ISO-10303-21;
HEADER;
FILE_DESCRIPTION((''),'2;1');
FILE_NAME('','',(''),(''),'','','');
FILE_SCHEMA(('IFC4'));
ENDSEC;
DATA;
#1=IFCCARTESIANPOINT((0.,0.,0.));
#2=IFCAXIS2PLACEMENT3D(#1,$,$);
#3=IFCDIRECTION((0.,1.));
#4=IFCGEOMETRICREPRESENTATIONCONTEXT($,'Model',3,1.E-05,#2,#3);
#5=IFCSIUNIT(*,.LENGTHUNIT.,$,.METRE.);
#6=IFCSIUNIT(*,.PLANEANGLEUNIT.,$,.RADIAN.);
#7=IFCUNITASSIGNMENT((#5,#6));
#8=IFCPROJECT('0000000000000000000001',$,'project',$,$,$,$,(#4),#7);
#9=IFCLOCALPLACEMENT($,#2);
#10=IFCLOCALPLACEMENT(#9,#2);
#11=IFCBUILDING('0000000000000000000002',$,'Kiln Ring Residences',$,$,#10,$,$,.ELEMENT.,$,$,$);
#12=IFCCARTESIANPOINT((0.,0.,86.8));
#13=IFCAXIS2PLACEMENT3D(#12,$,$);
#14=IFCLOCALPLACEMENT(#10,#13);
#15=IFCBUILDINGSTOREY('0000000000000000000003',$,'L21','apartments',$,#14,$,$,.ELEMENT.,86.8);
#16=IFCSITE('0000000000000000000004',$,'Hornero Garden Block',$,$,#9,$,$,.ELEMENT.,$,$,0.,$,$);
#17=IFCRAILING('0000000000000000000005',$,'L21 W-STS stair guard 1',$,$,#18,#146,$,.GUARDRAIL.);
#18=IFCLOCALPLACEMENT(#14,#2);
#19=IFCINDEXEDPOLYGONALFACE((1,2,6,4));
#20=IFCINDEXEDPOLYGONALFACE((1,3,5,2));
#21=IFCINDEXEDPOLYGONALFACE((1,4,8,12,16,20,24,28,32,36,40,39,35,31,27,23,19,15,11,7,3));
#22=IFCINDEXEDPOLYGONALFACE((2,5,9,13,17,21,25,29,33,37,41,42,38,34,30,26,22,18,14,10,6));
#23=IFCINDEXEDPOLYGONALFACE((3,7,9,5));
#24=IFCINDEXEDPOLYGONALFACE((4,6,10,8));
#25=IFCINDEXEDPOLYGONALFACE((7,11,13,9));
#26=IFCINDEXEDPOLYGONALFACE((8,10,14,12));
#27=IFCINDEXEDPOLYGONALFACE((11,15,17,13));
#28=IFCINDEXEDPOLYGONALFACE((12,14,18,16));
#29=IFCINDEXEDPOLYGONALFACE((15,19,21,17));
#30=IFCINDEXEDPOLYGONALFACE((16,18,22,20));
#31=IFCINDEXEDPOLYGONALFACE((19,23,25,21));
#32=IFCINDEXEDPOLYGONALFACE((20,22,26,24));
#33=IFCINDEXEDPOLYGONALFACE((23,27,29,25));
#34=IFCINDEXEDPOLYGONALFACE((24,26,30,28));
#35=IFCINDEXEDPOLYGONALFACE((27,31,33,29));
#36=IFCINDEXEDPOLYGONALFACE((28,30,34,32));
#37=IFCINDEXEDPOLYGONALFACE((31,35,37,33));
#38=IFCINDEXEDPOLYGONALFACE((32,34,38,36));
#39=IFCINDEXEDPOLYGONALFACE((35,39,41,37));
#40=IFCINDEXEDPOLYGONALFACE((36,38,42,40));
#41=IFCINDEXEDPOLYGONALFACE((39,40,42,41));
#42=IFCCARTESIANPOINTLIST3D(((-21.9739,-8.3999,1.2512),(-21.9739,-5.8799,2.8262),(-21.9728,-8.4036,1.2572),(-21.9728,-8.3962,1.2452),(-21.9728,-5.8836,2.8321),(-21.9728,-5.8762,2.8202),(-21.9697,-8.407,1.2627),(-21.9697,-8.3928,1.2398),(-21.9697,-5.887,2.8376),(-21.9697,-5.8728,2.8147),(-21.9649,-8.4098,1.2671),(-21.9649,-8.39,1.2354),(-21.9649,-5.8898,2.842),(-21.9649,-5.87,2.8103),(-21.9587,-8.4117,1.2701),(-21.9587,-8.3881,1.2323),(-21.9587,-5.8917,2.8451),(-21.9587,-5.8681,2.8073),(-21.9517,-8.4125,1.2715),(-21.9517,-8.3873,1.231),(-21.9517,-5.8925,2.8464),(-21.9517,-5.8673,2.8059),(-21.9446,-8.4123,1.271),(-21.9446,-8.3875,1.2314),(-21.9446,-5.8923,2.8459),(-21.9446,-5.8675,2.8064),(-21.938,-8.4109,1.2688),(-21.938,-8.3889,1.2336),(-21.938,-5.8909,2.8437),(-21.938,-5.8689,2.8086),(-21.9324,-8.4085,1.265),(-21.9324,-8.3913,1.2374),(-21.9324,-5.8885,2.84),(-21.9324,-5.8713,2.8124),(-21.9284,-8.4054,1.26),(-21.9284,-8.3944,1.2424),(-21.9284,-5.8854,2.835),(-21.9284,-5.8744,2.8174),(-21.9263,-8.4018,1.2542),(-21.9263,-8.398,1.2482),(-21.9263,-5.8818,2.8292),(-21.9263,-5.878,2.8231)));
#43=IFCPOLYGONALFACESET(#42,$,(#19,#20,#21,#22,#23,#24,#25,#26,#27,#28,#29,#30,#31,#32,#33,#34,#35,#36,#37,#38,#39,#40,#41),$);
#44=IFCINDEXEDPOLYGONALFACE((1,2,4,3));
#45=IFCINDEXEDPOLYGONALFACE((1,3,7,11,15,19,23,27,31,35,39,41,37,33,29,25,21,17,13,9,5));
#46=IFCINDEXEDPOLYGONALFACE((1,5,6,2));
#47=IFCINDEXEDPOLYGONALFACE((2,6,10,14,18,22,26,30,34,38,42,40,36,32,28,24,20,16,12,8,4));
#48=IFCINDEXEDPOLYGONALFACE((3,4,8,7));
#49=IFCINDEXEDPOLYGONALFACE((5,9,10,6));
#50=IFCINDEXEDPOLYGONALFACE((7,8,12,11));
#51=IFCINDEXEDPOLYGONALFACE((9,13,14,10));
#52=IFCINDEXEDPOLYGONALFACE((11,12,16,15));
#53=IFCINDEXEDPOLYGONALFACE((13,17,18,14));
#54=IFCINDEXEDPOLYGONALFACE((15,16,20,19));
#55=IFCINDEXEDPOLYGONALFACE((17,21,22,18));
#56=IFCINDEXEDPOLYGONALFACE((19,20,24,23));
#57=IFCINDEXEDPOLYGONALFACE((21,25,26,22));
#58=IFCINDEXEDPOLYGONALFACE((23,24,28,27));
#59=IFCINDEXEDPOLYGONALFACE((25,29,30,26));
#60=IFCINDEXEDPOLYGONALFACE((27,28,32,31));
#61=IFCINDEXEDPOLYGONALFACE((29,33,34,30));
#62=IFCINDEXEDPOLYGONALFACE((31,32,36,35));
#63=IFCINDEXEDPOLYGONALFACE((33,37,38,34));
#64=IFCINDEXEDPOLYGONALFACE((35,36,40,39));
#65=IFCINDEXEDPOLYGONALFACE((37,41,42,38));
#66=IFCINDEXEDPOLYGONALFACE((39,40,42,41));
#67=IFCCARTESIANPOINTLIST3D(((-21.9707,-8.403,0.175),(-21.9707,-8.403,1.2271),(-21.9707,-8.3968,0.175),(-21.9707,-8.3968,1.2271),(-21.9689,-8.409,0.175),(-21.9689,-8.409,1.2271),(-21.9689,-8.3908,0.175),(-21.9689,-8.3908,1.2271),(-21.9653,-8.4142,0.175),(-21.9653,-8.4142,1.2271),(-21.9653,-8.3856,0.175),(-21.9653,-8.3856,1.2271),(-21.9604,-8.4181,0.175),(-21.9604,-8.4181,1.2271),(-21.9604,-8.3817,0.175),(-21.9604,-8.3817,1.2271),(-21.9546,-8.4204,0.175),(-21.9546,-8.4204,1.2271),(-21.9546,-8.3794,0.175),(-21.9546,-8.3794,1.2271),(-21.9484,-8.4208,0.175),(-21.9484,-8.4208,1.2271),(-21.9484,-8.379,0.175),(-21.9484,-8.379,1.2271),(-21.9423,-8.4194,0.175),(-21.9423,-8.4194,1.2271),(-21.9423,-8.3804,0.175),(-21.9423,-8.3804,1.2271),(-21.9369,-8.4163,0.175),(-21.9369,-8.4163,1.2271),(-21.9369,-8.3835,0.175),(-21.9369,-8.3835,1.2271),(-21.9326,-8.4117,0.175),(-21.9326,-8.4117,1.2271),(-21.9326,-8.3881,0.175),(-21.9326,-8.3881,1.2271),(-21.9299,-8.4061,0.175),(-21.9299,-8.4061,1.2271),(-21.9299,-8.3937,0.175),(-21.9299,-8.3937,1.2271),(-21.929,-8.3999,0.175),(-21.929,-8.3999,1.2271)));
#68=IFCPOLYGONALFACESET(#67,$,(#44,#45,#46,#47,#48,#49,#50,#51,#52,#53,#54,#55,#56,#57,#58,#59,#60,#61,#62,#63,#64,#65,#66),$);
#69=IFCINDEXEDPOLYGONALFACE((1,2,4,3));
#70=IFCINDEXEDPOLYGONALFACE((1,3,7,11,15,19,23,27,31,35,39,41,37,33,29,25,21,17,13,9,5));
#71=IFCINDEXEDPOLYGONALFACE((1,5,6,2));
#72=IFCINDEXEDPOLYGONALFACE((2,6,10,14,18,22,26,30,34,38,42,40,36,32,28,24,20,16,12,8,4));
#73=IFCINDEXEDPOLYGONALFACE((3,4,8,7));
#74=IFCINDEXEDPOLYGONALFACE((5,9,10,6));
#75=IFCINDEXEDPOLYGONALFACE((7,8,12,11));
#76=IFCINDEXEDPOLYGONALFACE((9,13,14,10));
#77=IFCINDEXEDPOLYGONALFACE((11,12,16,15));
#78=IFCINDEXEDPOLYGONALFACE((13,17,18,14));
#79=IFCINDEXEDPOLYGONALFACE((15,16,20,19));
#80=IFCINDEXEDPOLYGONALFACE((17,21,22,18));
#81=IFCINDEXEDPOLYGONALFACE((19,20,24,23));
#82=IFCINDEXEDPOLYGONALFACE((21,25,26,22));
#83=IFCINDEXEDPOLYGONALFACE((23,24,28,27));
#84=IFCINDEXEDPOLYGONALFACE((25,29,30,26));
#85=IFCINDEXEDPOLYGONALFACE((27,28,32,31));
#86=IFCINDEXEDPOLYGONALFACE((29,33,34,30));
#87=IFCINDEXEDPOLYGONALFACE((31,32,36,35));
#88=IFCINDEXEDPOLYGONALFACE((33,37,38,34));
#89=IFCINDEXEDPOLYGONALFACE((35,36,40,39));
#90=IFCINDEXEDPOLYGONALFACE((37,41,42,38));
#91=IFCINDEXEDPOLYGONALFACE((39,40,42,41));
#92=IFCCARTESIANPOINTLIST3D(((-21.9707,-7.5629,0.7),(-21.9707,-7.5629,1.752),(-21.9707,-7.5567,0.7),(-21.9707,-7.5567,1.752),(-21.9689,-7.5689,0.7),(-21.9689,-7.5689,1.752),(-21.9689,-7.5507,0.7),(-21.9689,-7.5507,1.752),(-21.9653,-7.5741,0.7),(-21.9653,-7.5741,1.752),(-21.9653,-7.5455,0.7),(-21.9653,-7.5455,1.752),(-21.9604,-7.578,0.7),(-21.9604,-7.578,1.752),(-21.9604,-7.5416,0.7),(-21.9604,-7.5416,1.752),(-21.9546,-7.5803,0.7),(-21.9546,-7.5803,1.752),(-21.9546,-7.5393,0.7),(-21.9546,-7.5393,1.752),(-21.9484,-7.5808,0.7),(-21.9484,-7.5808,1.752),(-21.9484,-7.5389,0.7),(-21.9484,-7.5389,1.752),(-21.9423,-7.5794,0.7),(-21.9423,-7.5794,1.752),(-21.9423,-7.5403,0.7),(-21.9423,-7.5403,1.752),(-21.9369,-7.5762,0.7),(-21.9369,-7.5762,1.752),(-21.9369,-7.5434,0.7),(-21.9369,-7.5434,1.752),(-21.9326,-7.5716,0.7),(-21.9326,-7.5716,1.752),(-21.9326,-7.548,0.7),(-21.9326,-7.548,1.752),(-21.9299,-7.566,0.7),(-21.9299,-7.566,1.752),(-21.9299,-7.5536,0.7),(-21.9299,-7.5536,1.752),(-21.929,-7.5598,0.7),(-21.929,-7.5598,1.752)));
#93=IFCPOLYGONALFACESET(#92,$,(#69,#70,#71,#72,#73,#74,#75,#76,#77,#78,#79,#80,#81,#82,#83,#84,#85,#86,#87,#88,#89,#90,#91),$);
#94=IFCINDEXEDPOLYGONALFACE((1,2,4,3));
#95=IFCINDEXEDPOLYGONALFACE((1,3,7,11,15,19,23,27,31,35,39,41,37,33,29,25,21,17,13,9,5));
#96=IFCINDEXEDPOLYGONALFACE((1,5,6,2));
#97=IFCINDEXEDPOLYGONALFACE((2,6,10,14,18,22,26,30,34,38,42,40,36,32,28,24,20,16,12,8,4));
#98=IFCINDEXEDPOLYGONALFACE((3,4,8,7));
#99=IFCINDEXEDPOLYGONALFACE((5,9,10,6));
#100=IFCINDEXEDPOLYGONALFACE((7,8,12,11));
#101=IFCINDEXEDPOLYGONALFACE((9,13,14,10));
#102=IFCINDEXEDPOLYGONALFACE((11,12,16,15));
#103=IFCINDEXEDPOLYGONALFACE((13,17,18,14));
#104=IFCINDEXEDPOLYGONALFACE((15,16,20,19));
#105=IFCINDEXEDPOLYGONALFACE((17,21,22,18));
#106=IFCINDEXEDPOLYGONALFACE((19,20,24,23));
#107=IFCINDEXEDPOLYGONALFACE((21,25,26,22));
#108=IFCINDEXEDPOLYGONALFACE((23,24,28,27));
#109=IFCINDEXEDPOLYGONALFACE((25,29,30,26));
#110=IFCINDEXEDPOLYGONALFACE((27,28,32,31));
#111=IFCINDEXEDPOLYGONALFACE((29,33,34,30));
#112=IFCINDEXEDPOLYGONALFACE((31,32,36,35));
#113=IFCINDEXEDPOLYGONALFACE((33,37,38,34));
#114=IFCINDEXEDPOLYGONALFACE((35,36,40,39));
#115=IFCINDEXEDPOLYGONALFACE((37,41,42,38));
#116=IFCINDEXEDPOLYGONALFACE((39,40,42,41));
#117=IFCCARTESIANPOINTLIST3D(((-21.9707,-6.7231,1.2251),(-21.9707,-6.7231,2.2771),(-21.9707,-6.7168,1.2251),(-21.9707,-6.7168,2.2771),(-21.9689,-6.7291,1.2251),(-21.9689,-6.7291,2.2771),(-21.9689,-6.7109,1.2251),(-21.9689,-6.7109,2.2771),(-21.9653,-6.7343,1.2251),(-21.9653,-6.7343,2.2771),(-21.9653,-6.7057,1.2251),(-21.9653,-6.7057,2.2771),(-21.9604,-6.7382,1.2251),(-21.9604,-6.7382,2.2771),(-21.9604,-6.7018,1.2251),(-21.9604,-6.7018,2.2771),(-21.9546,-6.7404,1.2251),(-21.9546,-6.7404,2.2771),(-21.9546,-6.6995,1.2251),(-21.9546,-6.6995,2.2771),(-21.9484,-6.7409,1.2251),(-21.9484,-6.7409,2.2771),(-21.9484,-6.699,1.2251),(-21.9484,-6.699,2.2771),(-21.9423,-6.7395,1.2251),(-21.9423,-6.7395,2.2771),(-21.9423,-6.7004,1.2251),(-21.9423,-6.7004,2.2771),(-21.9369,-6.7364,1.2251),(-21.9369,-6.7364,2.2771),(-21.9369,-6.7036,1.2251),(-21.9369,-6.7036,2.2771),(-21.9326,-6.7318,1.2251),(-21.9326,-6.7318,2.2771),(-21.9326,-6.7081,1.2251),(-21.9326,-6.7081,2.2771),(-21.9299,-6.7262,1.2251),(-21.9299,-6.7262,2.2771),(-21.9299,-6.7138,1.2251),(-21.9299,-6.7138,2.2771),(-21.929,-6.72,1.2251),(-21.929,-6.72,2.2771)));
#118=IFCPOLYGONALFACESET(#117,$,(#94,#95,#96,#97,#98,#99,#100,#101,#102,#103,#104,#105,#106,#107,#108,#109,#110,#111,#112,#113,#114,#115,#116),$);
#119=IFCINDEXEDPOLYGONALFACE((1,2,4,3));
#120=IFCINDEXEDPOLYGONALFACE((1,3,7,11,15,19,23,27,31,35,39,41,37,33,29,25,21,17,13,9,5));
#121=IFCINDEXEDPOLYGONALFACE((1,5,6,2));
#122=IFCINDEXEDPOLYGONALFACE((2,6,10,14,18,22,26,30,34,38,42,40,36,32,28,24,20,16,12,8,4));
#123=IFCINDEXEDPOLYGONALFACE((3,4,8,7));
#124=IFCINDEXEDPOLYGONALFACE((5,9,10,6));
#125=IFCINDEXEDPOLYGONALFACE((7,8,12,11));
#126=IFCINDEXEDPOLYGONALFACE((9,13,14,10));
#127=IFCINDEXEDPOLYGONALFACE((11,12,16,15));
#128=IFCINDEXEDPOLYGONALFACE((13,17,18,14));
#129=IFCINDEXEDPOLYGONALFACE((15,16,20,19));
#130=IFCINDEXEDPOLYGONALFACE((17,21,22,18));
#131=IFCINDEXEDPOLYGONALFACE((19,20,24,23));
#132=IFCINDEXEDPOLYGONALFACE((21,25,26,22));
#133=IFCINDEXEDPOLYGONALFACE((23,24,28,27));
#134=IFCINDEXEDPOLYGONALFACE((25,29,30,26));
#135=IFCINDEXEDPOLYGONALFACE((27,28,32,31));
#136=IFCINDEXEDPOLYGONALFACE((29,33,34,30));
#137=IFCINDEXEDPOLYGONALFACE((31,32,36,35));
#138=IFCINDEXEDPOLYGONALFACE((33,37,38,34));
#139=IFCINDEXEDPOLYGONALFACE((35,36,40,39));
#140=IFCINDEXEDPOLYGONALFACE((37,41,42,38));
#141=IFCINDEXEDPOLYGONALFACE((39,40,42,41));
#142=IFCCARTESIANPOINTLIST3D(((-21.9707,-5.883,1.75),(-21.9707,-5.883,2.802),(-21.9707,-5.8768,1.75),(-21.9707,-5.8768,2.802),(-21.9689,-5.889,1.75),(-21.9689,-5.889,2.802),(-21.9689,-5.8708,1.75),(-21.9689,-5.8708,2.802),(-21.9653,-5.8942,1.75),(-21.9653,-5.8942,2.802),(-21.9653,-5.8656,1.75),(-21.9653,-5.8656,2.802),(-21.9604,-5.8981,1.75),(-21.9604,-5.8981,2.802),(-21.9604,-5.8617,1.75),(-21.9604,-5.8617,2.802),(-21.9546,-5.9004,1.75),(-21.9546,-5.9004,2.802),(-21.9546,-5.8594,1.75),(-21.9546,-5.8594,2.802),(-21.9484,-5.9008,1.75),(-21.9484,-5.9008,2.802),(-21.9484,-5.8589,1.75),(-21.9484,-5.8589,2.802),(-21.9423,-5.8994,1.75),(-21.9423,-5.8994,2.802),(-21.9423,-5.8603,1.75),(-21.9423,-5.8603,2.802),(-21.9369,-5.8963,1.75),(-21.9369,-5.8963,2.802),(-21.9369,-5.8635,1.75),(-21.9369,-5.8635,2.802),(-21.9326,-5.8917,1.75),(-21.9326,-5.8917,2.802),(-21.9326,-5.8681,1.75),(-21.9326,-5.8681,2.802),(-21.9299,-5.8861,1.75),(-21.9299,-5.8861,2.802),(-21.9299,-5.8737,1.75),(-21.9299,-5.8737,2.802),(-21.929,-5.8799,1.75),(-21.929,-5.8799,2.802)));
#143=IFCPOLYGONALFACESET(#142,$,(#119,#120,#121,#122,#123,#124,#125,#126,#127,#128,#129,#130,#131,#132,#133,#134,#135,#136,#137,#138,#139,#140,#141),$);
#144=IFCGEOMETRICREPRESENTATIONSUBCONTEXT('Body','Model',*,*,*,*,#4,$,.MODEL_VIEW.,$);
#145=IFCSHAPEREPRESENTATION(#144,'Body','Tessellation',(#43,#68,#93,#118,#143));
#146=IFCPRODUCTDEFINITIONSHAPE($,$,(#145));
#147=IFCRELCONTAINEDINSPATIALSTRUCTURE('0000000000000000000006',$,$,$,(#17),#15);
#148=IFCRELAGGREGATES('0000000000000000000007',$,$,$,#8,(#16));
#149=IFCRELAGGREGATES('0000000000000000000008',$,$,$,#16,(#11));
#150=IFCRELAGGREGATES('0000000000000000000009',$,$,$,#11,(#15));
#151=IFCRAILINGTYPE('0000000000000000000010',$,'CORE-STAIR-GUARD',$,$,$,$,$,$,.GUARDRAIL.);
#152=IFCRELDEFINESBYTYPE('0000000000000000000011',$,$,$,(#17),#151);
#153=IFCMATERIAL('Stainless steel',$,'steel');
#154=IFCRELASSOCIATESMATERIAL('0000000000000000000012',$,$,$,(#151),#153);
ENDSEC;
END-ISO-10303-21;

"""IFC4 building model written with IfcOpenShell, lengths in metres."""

from ifc_helpers import new_model, si_unit, direction, frame, origin, origin_2d, place, context, subcontext, project, spatial, circle, extrude, material, type_object, element, save


model = new_model("IFC4")

# Units and contexts
model_context = context("Model", 3, precision=1e-05, world=origin(), true_north=direction((0.0, 1.0)))
body_context = subcontext(model_context, "Body", "Model", "MODEL_VIEW")
ifc_project = project(units=[si_unit("LENGTHUNIT", "METRE"), si_unit("PLANEANGLEUNIT", "RADIAN")], contexts=[model_context])

# Site, building, storey
site_placement = place(None, origin())
site = spatial("IfcSite", under=ifc_project, at=site_placement, Name="Hornero Garden Block", CompositionType="ELEMENT", RefElevation=0.0)
building_placement = place(site_placement, origin())
building = spatial("IfcBuilding", under=site, at=building_placement, Name="Kiln Ring Residences", CompositionType="ELEMENT")
storey_placement = place(building_placement, frame((0.0, 0.0, 86.8)))
storey = spatial("IfcBuildingStorey", under=building, at=storey_placement, Name="L21", Description="apartments", CompositionType="ELEMENT", Elevation=86.8)

# Railing
ifc_material_1 = material(Name="Stainless steel", Category="steel")
railing_type_1 = type_object("IfcRailingType", Name="CORE-STAIR-GUARD", PredefinedType="GUARDRAIL", material=ifc_material_1)
railing_1_placement = place(storey_placement, frame((-21.95, -8.3999, 0.175)))
element("IfcRailing", 1, at=railing_1_placement, inside=storey, type_object=railing_type_1, Name="L21 W-STS stair guard 1", PredefinedType="GUARDRAIL", context=body_context, shape_type="SweptSolid", body=[
    extrude(circle(Radius=0.0239, at=origin_2d()), frame((0.0, 0.0, 1.0762), z_axis=(0.0, 0.848008, 0.529984), x_axis=(-1.0, 0.0, 0.0)), (0.0, 0.0, 1.0), 2.9717),
    extrude(circle(Radius=0.021, at=origin_2d()), origin(), (0.0, 0.0, 1.0), 1.052),
    extrude(circle(Radius=0.021, at=origin_2d()), frame((0.0, 0.8401, 0.5249)), (0.0, 0.0, 1.0), 1.052),
    extrude(circle(Radius=0.021, at=origin_2d()), frame((0.0, 1.6799, 1.05)), (0.0, 0.0, 1.0), 1.052),
    extrude(circle(Radius=0.021, at=origin_2d()), frame((0.0, 2.52, 1.575)), (0.0, 0.0, 1.0), 1.052),
])

save(model, "model.ifc")
